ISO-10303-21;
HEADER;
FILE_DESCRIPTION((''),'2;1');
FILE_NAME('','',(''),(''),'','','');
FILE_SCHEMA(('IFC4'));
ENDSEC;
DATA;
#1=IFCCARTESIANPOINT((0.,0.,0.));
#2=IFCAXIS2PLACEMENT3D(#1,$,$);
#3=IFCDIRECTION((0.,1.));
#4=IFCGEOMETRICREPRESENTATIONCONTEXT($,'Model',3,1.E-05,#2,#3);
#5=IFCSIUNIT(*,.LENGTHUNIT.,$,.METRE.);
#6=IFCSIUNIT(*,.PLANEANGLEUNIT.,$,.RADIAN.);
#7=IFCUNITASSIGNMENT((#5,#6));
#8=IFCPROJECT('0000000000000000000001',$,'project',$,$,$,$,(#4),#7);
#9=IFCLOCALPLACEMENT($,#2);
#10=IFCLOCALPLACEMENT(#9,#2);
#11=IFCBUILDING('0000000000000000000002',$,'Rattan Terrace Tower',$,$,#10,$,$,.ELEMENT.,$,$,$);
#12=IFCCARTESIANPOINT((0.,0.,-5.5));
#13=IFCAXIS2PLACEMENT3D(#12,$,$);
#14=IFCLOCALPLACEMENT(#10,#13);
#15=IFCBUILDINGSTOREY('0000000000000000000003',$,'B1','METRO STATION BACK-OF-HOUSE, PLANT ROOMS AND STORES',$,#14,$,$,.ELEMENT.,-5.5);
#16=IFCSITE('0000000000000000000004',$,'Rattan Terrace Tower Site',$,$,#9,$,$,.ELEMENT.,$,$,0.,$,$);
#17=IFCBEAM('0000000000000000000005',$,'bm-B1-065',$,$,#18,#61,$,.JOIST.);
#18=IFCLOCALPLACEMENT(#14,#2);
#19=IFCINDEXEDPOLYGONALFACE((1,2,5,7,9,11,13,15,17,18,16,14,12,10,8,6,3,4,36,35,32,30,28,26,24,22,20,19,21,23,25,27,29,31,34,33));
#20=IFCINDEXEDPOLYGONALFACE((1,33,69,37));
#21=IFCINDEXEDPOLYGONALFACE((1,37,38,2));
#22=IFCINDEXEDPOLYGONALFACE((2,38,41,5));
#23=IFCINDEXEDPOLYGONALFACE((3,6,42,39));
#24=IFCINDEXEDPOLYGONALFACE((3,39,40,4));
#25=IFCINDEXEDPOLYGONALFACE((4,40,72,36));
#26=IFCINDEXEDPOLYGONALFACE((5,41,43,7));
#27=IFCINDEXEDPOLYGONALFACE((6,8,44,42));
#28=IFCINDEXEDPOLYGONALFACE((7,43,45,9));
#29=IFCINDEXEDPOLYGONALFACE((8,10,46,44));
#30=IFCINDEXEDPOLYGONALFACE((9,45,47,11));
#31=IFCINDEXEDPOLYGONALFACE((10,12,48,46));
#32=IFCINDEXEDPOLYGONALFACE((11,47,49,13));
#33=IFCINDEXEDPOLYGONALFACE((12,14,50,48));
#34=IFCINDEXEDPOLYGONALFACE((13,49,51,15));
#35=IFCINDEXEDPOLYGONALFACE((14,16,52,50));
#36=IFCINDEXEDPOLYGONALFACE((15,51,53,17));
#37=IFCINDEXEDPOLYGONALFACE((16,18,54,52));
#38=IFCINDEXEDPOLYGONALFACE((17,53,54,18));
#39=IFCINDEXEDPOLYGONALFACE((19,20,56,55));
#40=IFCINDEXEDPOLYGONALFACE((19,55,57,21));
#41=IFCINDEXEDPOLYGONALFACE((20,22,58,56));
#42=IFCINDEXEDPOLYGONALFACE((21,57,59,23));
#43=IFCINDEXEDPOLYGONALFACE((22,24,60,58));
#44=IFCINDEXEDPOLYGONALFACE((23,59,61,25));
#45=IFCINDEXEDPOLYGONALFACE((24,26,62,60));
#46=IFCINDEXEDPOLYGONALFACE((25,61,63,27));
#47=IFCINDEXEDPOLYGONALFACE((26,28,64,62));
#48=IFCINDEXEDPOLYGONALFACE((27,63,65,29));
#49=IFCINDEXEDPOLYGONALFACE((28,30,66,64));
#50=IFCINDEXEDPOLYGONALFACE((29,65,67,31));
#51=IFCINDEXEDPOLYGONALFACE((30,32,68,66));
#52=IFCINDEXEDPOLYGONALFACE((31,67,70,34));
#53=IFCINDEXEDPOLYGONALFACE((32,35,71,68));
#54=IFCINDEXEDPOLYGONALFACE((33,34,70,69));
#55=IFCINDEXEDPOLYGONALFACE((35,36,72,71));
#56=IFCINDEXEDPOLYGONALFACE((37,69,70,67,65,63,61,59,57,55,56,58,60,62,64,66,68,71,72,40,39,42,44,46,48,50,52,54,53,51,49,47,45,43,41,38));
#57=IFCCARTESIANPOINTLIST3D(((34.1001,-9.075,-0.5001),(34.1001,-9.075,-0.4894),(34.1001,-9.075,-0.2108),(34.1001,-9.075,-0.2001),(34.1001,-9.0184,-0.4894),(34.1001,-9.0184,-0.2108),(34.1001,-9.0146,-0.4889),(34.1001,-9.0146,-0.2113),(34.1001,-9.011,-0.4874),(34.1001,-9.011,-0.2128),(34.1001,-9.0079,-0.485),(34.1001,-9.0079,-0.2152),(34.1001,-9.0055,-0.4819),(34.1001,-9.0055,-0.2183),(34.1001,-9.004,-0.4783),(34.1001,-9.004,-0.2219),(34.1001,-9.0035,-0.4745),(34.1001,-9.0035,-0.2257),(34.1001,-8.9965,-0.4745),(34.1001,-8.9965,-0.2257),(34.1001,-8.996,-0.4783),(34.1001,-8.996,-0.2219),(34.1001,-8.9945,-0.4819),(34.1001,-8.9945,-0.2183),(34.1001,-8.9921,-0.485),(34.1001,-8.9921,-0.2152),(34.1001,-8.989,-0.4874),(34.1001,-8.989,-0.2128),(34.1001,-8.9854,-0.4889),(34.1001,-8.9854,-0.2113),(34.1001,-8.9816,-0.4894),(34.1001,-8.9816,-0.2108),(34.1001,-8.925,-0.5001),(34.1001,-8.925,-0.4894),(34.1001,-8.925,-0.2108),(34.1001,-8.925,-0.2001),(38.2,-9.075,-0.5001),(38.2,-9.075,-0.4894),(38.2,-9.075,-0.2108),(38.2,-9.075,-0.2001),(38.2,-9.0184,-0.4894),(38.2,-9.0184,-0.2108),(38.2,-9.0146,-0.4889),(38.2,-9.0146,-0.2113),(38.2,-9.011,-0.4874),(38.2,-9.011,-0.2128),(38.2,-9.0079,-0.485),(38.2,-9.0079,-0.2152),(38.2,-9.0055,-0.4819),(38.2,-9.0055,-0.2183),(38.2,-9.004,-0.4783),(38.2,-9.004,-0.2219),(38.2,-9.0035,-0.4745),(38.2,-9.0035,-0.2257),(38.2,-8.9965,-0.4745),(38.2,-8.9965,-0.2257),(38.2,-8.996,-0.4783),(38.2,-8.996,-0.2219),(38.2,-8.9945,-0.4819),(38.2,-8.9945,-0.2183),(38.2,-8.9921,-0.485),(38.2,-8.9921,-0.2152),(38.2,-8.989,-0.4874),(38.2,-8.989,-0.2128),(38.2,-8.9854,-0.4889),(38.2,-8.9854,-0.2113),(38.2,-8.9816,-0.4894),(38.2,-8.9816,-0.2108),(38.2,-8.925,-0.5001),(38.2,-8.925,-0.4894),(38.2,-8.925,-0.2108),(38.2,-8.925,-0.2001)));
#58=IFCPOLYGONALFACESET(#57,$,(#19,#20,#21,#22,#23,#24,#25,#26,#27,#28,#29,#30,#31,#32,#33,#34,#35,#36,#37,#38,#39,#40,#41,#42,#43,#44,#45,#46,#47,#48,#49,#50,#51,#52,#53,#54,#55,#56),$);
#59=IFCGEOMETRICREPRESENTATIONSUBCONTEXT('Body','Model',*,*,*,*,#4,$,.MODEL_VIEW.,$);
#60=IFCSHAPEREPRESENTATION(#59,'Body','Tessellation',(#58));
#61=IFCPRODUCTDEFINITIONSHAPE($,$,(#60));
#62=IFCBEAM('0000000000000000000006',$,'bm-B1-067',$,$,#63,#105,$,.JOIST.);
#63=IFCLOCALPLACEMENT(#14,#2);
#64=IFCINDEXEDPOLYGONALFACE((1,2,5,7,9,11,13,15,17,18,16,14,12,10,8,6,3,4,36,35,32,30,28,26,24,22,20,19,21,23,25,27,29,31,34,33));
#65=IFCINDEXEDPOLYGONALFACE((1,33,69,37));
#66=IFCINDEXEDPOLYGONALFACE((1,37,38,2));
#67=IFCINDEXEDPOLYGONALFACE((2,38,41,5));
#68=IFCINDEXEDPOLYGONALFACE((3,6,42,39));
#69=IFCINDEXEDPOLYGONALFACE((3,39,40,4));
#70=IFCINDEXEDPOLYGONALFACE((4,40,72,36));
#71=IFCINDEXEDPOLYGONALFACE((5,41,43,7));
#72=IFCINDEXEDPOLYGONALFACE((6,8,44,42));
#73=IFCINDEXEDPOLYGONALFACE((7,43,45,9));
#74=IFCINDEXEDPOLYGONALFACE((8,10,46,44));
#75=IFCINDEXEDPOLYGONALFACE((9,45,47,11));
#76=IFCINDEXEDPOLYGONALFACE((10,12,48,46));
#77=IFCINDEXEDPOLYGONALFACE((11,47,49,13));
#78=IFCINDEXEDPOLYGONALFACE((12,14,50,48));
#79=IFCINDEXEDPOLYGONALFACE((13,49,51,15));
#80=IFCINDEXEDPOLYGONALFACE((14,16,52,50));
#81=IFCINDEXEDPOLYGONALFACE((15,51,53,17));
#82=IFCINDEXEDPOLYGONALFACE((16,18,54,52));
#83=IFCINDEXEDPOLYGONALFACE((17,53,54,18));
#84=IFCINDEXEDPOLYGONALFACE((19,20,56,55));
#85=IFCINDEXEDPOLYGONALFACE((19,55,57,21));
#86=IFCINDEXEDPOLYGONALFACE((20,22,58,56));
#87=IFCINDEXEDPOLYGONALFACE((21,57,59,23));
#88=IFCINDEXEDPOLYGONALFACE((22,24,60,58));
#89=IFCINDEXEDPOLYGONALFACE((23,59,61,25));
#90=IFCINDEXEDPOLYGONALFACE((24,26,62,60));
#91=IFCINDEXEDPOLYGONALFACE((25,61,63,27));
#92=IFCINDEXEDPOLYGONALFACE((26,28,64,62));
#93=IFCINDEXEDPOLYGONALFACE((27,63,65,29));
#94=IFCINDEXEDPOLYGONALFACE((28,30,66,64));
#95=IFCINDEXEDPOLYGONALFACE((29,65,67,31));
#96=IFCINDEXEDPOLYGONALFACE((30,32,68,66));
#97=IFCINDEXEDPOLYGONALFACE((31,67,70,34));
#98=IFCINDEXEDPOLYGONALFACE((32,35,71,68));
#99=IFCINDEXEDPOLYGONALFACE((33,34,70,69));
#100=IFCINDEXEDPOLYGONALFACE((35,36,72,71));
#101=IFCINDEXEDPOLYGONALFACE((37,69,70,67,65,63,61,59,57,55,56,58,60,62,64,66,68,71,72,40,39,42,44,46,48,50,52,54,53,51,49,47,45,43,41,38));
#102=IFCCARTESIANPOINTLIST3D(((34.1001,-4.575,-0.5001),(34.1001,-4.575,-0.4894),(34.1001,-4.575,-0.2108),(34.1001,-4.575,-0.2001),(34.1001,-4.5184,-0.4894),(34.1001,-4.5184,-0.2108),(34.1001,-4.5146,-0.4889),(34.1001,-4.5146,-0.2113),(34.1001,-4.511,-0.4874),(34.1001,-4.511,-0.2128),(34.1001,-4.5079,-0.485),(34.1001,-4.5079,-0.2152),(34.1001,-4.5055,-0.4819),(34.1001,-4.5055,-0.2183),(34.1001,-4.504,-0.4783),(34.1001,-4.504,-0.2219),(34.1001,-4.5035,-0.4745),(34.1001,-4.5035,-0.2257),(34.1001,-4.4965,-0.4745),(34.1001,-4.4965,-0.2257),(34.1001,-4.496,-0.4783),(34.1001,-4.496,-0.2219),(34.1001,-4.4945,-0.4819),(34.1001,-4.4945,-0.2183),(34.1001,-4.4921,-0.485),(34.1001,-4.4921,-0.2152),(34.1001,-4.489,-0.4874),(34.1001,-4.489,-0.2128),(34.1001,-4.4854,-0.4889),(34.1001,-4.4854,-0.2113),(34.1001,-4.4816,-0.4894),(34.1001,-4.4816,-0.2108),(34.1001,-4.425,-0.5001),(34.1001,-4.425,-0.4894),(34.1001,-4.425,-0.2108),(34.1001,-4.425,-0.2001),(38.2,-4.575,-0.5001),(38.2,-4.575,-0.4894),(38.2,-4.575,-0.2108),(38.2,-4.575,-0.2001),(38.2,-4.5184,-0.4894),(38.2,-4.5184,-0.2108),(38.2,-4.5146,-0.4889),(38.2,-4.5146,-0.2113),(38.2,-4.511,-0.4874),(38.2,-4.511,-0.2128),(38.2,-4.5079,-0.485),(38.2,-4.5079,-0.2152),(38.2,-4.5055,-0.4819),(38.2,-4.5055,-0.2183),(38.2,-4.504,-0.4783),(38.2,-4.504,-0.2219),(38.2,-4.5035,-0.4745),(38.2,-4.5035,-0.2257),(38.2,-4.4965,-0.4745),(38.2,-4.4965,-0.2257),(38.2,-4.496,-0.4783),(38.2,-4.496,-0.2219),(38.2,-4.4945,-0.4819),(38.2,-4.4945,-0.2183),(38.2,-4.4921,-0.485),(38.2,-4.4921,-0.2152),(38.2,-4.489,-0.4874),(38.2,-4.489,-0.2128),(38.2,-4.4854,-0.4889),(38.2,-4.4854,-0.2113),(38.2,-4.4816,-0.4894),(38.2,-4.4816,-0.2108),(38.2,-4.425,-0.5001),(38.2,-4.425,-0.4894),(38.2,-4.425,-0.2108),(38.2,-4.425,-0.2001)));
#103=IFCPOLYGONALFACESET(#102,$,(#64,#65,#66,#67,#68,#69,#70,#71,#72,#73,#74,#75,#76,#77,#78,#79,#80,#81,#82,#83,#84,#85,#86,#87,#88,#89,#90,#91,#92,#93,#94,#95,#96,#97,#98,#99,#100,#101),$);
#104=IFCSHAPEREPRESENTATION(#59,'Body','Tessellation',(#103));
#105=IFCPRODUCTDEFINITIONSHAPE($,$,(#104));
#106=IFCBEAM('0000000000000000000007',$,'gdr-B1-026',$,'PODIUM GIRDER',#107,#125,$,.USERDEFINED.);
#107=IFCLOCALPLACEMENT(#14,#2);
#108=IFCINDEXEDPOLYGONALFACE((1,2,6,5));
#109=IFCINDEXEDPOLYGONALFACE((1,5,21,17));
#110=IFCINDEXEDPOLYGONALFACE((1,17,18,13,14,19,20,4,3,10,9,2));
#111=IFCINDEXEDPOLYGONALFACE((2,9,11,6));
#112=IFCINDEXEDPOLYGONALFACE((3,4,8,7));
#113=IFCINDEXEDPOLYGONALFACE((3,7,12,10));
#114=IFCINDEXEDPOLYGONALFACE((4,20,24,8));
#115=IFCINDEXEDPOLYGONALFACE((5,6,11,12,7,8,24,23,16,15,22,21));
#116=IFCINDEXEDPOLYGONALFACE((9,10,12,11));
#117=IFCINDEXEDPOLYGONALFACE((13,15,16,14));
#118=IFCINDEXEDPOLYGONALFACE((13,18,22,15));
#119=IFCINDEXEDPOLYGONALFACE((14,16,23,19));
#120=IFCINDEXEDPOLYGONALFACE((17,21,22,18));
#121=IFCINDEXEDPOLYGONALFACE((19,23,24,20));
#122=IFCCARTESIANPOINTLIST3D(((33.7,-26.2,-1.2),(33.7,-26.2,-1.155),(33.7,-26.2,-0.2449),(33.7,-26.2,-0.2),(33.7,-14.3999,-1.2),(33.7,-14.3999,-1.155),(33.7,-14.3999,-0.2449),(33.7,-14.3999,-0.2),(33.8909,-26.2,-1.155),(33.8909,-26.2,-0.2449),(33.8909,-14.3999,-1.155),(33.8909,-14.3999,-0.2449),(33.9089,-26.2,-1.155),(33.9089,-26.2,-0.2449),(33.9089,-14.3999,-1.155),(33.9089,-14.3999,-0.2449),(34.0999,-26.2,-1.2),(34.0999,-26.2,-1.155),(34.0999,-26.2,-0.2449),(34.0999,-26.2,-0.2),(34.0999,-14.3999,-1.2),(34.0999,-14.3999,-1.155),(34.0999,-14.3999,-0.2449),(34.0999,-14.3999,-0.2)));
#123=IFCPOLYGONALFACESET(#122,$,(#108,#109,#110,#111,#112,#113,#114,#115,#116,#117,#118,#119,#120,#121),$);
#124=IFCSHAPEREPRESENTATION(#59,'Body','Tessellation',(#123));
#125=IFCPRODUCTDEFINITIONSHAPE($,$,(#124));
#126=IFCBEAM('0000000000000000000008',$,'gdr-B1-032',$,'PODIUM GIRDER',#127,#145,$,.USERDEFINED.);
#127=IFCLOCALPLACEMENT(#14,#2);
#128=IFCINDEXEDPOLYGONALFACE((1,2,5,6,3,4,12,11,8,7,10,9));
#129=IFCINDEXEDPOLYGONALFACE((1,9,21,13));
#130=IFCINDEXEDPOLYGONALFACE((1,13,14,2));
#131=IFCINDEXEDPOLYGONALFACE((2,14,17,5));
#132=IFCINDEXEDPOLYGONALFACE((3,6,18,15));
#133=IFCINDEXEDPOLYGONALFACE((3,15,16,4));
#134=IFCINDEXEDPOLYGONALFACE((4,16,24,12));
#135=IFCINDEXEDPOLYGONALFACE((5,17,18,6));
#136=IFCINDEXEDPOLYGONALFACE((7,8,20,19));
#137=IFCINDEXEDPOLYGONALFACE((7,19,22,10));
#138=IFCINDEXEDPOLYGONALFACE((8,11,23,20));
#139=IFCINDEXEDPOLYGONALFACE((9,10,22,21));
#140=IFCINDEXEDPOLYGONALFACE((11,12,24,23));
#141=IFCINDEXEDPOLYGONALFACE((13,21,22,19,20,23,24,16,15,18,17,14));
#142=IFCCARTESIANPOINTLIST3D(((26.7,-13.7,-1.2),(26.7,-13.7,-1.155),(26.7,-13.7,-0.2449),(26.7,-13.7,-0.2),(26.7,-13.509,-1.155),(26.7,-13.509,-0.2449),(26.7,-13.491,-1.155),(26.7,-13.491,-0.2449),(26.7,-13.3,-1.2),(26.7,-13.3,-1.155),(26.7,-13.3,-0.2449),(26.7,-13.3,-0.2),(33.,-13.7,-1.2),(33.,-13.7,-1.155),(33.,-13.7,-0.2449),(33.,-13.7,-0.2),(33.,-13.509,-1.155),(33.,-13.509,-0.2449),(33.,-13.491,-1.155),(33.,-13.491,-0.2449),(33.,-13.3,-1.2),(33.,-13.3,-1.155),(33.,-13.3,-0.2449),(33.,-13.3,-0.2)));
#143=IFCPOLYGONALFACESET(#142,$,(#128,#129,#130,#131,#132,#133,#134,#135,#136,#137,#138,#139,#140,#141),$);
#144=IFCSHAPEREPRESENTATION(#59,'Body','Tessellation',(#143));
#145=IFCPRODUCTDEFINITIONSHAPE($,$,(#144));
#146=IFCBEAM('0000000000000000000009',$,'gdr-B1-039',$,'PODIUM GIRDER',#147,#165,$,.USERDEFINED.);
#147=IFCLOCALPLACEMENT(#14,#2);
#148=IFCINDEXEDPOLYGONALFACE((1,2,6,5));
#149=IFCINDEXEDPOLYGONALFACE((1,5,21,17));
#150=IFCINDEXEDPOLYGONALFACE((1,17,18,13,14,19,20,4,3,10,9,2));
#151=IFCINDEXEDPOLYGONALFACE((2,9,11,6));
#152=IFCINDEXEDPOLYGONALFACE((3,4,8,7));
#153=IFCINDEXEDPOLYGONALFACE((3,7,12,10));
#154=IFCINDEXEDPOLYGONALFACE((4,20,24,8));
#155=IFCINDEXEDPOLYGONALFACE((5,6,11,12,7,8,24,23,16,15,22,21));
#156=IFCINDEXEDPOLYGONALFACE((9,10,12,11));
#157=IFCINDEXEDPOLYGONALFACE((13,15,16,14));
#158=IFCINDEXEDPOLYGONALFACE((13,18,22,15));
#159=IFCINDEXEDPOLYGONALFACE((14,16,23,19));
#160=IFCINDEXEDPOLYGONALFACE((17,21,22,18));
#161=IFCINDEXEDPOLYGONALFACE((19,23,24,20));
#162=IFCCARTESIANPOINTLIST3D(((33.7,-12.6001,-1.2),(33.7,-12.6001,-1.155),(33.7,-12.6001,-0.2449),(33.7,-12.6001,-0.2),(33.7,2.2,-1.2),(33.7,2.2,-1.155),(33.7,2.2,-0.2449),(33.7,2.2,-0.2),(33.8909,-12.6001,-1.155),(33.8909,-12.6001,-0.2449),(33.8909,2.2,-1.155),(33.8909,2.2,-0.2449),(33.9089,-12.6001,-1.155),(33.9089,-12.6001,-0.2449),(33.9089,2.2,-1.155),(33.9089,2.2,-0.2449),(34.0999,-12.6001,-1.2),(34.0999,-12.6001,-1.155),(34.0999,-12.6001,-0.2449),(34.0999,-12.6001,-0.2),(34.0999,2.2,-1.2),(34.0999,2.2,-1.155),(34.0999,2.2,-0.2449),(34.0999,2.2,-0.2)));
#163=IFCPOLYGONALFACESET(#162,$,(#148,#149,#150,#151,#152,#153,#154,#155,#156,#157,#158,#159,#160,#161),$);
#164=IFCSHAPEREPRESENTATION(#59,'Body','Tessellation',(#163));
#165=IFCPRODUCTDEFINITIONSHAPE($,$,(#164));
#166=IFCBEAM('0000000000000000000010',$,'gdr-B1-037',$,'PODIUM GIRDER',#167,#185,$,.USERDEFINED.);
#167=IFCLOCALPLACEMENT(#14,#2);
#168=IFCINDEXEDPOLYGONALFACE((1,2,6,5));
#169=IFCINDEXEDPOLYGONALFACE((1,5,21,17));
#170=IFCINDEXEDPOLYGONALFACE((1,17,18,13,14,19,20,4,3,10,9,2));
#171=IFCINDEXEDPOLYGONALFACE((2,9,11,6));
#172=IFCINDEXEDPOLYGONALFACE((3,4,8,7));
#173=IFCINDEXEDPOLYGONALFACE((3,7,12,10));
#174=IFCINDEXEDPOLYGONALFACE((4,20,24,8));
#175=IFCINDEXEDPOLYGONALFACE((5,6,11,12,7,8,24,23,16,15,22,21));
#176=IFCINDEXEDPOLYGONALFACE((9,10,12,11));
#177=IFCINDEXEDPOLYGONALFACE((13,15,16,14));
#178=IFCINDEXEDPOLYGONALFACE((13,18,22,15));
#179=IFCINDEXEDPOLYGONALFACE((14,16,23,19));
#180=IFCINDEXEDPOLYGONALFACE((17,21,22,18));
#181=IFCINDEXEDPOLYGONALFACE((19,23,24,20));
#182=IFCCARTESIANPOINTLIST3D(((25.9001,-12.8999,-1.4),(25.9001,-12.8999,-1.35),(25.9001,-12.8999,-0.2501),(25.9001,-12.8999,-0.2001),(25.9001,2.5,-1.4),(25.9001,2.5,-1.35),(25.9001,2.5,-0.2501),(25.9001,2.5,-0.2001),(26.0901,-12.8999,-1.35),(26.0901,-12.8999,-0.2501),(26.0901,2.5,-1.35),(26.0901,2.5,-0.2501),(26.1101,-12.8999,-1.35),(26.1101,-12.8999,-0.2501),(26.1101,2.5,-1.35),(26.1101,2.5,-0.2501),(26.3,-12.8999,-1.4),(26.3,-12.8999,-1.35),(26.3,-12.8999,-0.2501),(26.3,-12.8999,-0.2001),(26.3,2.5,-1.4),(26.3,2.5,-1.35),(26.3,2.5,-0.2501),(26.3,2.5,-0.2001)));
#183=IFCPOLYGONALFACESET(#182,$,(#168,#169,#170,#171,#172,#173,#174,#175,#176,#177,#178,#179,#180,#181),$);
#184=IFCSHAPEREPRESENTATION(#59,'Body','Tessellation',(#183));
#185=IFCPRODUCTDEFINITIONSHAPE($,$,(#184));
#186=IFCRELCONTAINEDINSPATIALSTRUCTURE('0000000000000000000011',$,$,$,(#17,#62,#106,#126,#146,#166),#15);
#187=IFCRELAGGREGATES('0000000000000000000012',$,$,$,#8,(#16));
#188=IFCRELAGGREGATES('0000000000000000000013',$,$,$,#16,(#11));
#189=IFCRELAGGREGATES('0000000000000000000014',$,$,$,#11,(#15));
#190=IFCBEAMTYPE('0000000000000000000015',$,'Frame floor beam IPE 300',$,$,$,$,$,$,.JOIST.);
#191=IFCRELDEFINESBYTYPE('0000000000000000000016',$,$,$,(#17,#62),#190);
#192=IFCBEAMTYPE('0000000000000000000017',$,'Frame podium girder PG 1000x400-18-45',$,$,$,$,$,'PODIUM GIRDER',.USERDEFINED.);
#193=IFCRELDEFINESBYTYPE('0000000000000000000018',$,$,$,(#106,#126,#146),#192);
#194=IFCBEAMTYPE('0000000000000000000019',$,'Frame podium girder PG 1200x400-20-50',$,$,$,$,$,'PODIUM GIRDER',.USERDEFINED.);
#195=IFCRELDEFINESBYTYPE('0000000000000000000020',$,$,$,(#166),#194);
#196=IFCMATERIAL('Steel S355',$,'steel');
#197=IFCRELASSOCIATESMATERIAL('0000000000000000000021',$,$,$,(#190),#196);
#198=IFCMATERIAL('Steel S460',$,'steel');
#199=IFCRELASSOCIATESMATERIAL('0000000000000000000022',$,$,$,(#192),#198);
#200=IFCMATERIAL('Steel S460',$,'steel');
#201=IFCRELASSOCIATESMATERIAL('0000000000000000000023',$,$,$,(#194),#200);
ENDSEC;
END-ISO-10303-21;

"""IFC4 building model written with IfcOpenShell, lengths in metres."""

from ifc_helpers import new_model, si_unit, direction, frame, origin, origin_2d, place, context, subcontext, project, spatial, i_section, extrude, material, material_profile, profile_set, type_object, element, save


model = new_model("IFC4")

# Units and contexts
model_context = context("Model", 3, precision=1e-05, world=origin(), true_north=direction((0.0, 1.0)))
body_context = subcontext(model_context, "Body", "Model", "MODEL_VIEW")
ifc_project = project(units=[si_unit("LENGTHUNIT", "METRE"), si_unit("PLANEANGLEUNIT", "RADIAN")], contexts=[model_context])

# Site, building, storey
site_placement = place(None, origin())
site = spatial("IfcSite", under=ifc_project, at=site_placement, Name="Rattan Terrace Tower Site", CompositionType="ELEMENT", RefElevation=0.0)
building_placement = place(site_placement, origin())
building = spatial("IfcBuilding", under=site, at=building_placement, Name="Rattan Terrace Tower", CompositionType="ELEMENT")
storey_placement = place(building_placement, frame((0.0, 0.0, -5.5)))
storey = spatial("IfcBuildingStorey", under=building, at=storey_placement, Name="B1", Description="METRO STATION BACK-OF-HOUSE, PLANT ROOMS AND STORES", CompositionType="ELEMENT", Elevation=-5.5)

# Beams
ifc_material_1 = material(Name="Steel S355", Category="steel")
ifc_material_profile_1 = material_profile(ifc_material_1, i_section(OverallWidth=0.1499, OverallDepth=0.3, WebThickness=0.0071, FlangeThickness=0.0107, FilletRadius=0.0149, at=origin_2d()), Name="IPE 300")
ifc_profile_set_1 = profile_set([ifc_material_profile_1], Name="Steel S355")
beam_type_1 = type_object("IfcBeamType", Name="Frame floor beam IPE 300", PredefinedType="JOIST", material=ifc_profile_set_1)
for number, where, z_axis, x_axis, name in (
    (1, (34.1001, -9.0, -0.3501), (1.0, 0.0, 0.0), (0.0, 1.0, 0.0), "bm-B1-065"),
    (2, (34.1001, -4.5, -0.3501), (1.0, 0.0, 0.0), (0.0, 1.0, 0.0), "bm-B1-067"),
):
    element("IfcBeam", number, at=place(storey_placement, frame(where, z_axis=z_axis, x_axis=x_axis)), inside=storey, type_object=beam_type_1, Name=name, PredefinedType="JOIST", context=body_context, shape_type="SweptSolid", body=[
        extrude(i_section(OverallWidth=0.1499, OverallDepth=0.3, WebThickness=0.0071, FlangeThickness=0.0107, FilletRadius=0.0149, at=origin_2d()), origin(), (0.0, 0.0, 1.0), 4.0999),
    ])
ifc_material_2 = material(Name="Steel S460", Category="steel")
ifc_material_profile_2 = material_profile(ifc_material_2, i_section(OverallWidth=0.3999, OverallDepth=1.0, WebThickness=0.0181, FlangeThickness=0.0449, at=origin_2d()), Name="PG 1000x400-18-45")
ifc_profile_set_2 = profile_set([ifc_material_profile_2], Name="Steel S460")
beam_type_2 = type_object("IfcBeamType", Name="Frame podium girder PG 1000x400-18-45", ElementType="PODIUM GIRDER", PredefinedType="USERDEFINED", material=ifc_profile_set_2)
beam_1_placement = place(storey_placement, frame((33.8999, -26.2, -0.7), z_axis=(0.0, 1.0, 0.0), x_axis=(-1.0, 0.0, 0.0)))
element("IfcBeam", 3, at=beam_1_placement, inside=storey, type_object=beam_type_2, Name="gdr-B1-026", ObjectType="PODIUM GIRDER", PredefinedType="USERDEFINED", context=body_context, shape_type="SweptSolid", body=[
    extrude(i_section(OverallWidth=0.3999, OverallDepth=1.0, WebThickness=0.0181, FlangeThickness=0.0449, at=origin_2d()), origin(), (0.0, 0.0, 1.0), 11.8),
])
beam_2_placement = place(storey_placement, frame((26.7, -13.5, -0.7), z_axis=(1.0, 0.0, 0.0), x_axis=(0.0, 1.0, 0.0)))
element("IfcBeam", 4, at=beam_2_placement, inside=storey, type_object=beam_type_2, Name="gdr-B1-032", ObjectType="PODIUM GIRDER", PredefinedType="USERDEFINED", context=body_context, shape_type="SweptSolid", body=[
    extrude(i_section(OverallWidth=0.3999, OverallDepth=1.0, WebThickness=0.0181, FlangeThickness=0.0449, at=origin_2d()), origin(), (0.0, 0.0, 1.0), 6.3),
])
beam_3_placement = place(storey_placement, frame((33.8999, -12.6001, -0.7), z_axis=(0.0, 1.0, 0.0), x_axis=(-1.0, 0.0, 0.0)))
element("IfcBeam", 5, at=beam_3_placement, inside=storey, type_object=beam_type_2, Name="gdr-B1-039", ObjectType="PODIUM GIRDER", PredefinedType="USERDEFINED", context=body_context, shape_type="SweptSolid", body=[
    extrude(i_section(OverallWidth=0.3999, OverallDepth=1.0, WebThickness=0.0181, FlangeThickness=0.0449, at=origin_2d()), origin(), (0.0, 0.0, 1.0), 14.8),
])
ifc_material_3 = material(Name="Steel S460", Category="steel")
ifc_material_profile_3 = material_profile(ifc_material_3, i_section(OverallWidth=0.3999, OverallDepth=1.2, WebThickness=0.02, FlangeThickness=0.05, at=origin_2d()), Name="PG 1200x400-20-50")
ifc_profile_set_3 = profile_set([ifc_material_profile_3], Name="Steel S460")
beam_type_3 = type_object("IfcBeamType", Name="Frame podium girder PG 1200x400-20-50", ElementType="PODIUM GIRDER", PredefinedType="USERDEFINED", material=ifc_profile_set_3)
beam_4_placement = place(storey_placement, frame((26.1001, -12.8999, -0.8), z_axis=(0.0, 1.0, 0.0), x_axis=(-1.0, 0.0, 0.0)))
element("IfcBeam", 6, at=beam_4_placement, inside=storey, type_object=beam_type_3, Name="gdr-B1-037", ObjectType="PODIUM GIRDER", PredefinedType="USERDEFINED", context=body_context, shape_type="SweptSolid", body=[
    extrude(i_section(OverallWidth=0.3999, OverallDepth=1.2, WebThickness=0.02, FlangeThickness=0.05, at=origin_2d()), origin(), (0.0, 0.0, 1.0), 15.3999),
])

save(model, "model.ifc")
